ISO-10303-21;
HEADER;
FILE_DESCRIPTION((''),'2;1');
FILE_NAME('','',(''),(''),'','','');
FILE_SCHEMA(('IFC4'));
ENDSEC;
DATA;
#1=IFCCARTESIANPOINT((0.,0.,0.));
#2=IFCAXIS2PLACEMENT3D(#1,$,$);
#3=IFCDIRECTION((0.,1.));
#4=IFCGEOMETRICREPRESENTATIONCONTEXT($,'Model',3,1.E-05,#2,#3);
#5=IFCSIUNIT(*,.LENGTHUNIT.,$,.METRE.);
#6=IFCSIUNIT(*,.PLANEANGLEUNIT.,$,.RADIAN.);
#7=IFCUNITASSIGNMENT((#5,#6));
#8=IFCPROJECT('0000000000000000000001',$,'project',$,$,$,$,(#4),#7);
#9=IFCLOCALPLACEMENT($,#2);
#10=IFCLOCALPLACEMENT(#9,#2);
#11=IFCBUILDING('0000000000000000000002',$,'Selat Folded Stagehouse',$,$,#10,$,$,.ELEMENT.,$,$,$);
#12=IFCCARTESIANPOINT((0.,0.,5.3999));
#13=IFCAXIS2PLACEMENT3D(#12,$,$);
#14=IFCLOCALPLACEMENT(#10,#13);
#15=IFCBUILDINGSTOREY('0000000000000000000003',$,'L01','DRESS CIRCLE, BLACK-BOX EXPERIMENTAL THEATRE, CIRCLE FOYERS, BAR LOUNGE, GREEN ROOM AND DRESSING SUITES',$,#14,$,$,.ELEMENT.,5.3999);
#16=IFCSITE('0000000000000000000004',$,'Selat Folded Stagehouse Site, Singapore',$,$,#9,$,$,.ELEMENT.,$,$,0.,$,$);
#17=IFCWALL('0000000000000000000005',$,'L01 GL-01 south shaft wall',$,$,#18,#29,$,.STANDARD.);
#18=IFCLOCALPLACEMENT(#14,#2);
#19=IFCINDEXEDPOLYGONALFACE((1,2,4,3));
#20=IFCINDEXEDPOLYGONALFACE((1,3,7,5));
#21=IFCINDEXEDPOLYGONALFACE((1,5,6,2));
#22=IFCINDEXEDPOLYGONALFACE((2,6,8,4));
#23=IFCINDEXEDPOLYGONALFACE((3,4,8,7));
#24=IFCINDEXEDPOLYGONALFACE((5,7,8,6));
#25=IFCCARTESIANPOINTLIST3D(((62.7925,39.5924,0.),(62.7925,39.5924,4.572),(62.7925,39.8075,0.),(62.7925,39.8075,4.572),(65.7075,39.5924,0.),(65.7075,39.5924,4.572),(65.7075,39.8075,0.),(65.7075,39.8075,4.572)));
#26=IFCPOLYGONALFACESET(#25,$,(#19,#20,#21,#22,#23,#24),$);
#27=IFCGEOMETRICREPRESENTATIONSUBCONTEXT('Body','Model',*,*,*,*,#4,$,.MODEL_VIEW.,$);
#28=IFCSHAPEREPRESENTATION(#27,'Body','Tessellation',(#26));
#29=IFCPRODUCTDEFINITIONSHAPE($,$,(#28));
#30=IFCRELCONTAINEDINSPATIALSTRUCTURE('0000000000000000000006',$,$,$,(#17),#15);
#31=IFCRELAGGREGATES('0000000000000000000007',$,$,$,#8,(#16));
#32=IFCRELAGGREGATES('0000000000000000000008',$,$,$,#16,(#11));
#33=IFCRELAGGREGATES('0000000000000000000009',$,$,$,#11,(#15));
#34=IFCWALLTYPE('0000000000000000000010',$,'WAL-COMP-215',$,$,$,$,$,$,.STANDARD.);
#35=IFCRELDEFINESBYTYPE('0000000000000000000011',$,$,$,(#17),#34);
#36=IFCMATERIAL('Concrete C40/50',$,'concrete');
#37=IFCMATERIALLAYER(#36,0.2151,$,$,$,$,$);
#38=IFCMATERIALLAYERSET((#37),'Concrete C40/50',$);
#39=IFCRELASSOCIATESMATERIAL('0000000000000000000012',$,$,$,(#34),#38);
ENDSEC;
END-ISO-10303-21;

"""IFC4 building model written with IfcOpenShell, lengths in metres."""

from ifc_helpers import new_model, si_unit, direction, frame, frame_2d, origin, place, context, subcontext, project, spatial, rectangle, extrude, material, layer, layer_set, type_object, element, save


model = new_model("IFC4")

# Units and contexts
model_context = context("Model", 3, precision=1e-05, world=origin(), true_north=direction((0.0, 1.0)))
body_context = subcontext(model_context, "Body", "Model", "MODEL_VIEW")
ifc_project = project(units=[si_unit("LENGTHUNIT", "METRE"), si_unit("PLANEANGLEUNIT", "RADIAN")], contexts=[model_context])

# Site, building, storey
site_placement = place(None, origin())
site = spatial("IfcSite", under=ifc_project, at=site_placement, Name="Selat Folded Stagehouse Site, Singapore", CompositionType="ELEMENT", RefElevation=0.0)
building_placement = place(site_placement, origin())
building = spatial("IfcBuilding", under=site, at=building_placement, Name="Selat Folded Stagehouse", CompositionType="ELEMENT")
storey_placement = place(building_placement, frame((0.0, 0.0, 5.3999)))
storey = spatial("IfcBuildingStorey", under=building, at=storey_placement, Name="L01", Description="DRESS CIRCLE, BLACK-BOX EXPERIMENTAL THEATRE, CIRCLE FOYERS, BAR LOUNGE, GREEN ROOM AND DRESSING SUITES", CompositionType="ELEMENT", Elevation=5.3999)

# Wall
ifc_material_1 = material(Name="Concrete C40/50", Category="concrete")
ifc_layer_1 = layer(ifc_material_1, 0.2151)
ifc_layer_set_1 = layer_set([ifc_layer_1], Name="Concrete C40/50")
wall_type = type_object("IfcWallType", Name="WAL-COMP-215", PredefinedType="STANDARD", material=ifc_layer_set_1)
wall_1_placement = place(storey_placement, frame((65.7075, 39.7, 0.0), z_axis=(0.0, 0.0, 1.0), x_axis=(-1.0, 0.0, 0.0)))
element("IfcWall", 1, at=wall_1_placement, inside=storey, type_object=wall_type, Name="L01 GL-01 south shaft wall", PredefinedType="STANDARD", context=body_context, shape_type="SweptSolid", body=[
    extrude(rectangle(XDim=2.915, YDim=0.2151, at=frame_2d((1.4575, 0.0))), origin(), (0.0, 0.0, 1.0), 4.572),
])

save(model, "model.ifc")
